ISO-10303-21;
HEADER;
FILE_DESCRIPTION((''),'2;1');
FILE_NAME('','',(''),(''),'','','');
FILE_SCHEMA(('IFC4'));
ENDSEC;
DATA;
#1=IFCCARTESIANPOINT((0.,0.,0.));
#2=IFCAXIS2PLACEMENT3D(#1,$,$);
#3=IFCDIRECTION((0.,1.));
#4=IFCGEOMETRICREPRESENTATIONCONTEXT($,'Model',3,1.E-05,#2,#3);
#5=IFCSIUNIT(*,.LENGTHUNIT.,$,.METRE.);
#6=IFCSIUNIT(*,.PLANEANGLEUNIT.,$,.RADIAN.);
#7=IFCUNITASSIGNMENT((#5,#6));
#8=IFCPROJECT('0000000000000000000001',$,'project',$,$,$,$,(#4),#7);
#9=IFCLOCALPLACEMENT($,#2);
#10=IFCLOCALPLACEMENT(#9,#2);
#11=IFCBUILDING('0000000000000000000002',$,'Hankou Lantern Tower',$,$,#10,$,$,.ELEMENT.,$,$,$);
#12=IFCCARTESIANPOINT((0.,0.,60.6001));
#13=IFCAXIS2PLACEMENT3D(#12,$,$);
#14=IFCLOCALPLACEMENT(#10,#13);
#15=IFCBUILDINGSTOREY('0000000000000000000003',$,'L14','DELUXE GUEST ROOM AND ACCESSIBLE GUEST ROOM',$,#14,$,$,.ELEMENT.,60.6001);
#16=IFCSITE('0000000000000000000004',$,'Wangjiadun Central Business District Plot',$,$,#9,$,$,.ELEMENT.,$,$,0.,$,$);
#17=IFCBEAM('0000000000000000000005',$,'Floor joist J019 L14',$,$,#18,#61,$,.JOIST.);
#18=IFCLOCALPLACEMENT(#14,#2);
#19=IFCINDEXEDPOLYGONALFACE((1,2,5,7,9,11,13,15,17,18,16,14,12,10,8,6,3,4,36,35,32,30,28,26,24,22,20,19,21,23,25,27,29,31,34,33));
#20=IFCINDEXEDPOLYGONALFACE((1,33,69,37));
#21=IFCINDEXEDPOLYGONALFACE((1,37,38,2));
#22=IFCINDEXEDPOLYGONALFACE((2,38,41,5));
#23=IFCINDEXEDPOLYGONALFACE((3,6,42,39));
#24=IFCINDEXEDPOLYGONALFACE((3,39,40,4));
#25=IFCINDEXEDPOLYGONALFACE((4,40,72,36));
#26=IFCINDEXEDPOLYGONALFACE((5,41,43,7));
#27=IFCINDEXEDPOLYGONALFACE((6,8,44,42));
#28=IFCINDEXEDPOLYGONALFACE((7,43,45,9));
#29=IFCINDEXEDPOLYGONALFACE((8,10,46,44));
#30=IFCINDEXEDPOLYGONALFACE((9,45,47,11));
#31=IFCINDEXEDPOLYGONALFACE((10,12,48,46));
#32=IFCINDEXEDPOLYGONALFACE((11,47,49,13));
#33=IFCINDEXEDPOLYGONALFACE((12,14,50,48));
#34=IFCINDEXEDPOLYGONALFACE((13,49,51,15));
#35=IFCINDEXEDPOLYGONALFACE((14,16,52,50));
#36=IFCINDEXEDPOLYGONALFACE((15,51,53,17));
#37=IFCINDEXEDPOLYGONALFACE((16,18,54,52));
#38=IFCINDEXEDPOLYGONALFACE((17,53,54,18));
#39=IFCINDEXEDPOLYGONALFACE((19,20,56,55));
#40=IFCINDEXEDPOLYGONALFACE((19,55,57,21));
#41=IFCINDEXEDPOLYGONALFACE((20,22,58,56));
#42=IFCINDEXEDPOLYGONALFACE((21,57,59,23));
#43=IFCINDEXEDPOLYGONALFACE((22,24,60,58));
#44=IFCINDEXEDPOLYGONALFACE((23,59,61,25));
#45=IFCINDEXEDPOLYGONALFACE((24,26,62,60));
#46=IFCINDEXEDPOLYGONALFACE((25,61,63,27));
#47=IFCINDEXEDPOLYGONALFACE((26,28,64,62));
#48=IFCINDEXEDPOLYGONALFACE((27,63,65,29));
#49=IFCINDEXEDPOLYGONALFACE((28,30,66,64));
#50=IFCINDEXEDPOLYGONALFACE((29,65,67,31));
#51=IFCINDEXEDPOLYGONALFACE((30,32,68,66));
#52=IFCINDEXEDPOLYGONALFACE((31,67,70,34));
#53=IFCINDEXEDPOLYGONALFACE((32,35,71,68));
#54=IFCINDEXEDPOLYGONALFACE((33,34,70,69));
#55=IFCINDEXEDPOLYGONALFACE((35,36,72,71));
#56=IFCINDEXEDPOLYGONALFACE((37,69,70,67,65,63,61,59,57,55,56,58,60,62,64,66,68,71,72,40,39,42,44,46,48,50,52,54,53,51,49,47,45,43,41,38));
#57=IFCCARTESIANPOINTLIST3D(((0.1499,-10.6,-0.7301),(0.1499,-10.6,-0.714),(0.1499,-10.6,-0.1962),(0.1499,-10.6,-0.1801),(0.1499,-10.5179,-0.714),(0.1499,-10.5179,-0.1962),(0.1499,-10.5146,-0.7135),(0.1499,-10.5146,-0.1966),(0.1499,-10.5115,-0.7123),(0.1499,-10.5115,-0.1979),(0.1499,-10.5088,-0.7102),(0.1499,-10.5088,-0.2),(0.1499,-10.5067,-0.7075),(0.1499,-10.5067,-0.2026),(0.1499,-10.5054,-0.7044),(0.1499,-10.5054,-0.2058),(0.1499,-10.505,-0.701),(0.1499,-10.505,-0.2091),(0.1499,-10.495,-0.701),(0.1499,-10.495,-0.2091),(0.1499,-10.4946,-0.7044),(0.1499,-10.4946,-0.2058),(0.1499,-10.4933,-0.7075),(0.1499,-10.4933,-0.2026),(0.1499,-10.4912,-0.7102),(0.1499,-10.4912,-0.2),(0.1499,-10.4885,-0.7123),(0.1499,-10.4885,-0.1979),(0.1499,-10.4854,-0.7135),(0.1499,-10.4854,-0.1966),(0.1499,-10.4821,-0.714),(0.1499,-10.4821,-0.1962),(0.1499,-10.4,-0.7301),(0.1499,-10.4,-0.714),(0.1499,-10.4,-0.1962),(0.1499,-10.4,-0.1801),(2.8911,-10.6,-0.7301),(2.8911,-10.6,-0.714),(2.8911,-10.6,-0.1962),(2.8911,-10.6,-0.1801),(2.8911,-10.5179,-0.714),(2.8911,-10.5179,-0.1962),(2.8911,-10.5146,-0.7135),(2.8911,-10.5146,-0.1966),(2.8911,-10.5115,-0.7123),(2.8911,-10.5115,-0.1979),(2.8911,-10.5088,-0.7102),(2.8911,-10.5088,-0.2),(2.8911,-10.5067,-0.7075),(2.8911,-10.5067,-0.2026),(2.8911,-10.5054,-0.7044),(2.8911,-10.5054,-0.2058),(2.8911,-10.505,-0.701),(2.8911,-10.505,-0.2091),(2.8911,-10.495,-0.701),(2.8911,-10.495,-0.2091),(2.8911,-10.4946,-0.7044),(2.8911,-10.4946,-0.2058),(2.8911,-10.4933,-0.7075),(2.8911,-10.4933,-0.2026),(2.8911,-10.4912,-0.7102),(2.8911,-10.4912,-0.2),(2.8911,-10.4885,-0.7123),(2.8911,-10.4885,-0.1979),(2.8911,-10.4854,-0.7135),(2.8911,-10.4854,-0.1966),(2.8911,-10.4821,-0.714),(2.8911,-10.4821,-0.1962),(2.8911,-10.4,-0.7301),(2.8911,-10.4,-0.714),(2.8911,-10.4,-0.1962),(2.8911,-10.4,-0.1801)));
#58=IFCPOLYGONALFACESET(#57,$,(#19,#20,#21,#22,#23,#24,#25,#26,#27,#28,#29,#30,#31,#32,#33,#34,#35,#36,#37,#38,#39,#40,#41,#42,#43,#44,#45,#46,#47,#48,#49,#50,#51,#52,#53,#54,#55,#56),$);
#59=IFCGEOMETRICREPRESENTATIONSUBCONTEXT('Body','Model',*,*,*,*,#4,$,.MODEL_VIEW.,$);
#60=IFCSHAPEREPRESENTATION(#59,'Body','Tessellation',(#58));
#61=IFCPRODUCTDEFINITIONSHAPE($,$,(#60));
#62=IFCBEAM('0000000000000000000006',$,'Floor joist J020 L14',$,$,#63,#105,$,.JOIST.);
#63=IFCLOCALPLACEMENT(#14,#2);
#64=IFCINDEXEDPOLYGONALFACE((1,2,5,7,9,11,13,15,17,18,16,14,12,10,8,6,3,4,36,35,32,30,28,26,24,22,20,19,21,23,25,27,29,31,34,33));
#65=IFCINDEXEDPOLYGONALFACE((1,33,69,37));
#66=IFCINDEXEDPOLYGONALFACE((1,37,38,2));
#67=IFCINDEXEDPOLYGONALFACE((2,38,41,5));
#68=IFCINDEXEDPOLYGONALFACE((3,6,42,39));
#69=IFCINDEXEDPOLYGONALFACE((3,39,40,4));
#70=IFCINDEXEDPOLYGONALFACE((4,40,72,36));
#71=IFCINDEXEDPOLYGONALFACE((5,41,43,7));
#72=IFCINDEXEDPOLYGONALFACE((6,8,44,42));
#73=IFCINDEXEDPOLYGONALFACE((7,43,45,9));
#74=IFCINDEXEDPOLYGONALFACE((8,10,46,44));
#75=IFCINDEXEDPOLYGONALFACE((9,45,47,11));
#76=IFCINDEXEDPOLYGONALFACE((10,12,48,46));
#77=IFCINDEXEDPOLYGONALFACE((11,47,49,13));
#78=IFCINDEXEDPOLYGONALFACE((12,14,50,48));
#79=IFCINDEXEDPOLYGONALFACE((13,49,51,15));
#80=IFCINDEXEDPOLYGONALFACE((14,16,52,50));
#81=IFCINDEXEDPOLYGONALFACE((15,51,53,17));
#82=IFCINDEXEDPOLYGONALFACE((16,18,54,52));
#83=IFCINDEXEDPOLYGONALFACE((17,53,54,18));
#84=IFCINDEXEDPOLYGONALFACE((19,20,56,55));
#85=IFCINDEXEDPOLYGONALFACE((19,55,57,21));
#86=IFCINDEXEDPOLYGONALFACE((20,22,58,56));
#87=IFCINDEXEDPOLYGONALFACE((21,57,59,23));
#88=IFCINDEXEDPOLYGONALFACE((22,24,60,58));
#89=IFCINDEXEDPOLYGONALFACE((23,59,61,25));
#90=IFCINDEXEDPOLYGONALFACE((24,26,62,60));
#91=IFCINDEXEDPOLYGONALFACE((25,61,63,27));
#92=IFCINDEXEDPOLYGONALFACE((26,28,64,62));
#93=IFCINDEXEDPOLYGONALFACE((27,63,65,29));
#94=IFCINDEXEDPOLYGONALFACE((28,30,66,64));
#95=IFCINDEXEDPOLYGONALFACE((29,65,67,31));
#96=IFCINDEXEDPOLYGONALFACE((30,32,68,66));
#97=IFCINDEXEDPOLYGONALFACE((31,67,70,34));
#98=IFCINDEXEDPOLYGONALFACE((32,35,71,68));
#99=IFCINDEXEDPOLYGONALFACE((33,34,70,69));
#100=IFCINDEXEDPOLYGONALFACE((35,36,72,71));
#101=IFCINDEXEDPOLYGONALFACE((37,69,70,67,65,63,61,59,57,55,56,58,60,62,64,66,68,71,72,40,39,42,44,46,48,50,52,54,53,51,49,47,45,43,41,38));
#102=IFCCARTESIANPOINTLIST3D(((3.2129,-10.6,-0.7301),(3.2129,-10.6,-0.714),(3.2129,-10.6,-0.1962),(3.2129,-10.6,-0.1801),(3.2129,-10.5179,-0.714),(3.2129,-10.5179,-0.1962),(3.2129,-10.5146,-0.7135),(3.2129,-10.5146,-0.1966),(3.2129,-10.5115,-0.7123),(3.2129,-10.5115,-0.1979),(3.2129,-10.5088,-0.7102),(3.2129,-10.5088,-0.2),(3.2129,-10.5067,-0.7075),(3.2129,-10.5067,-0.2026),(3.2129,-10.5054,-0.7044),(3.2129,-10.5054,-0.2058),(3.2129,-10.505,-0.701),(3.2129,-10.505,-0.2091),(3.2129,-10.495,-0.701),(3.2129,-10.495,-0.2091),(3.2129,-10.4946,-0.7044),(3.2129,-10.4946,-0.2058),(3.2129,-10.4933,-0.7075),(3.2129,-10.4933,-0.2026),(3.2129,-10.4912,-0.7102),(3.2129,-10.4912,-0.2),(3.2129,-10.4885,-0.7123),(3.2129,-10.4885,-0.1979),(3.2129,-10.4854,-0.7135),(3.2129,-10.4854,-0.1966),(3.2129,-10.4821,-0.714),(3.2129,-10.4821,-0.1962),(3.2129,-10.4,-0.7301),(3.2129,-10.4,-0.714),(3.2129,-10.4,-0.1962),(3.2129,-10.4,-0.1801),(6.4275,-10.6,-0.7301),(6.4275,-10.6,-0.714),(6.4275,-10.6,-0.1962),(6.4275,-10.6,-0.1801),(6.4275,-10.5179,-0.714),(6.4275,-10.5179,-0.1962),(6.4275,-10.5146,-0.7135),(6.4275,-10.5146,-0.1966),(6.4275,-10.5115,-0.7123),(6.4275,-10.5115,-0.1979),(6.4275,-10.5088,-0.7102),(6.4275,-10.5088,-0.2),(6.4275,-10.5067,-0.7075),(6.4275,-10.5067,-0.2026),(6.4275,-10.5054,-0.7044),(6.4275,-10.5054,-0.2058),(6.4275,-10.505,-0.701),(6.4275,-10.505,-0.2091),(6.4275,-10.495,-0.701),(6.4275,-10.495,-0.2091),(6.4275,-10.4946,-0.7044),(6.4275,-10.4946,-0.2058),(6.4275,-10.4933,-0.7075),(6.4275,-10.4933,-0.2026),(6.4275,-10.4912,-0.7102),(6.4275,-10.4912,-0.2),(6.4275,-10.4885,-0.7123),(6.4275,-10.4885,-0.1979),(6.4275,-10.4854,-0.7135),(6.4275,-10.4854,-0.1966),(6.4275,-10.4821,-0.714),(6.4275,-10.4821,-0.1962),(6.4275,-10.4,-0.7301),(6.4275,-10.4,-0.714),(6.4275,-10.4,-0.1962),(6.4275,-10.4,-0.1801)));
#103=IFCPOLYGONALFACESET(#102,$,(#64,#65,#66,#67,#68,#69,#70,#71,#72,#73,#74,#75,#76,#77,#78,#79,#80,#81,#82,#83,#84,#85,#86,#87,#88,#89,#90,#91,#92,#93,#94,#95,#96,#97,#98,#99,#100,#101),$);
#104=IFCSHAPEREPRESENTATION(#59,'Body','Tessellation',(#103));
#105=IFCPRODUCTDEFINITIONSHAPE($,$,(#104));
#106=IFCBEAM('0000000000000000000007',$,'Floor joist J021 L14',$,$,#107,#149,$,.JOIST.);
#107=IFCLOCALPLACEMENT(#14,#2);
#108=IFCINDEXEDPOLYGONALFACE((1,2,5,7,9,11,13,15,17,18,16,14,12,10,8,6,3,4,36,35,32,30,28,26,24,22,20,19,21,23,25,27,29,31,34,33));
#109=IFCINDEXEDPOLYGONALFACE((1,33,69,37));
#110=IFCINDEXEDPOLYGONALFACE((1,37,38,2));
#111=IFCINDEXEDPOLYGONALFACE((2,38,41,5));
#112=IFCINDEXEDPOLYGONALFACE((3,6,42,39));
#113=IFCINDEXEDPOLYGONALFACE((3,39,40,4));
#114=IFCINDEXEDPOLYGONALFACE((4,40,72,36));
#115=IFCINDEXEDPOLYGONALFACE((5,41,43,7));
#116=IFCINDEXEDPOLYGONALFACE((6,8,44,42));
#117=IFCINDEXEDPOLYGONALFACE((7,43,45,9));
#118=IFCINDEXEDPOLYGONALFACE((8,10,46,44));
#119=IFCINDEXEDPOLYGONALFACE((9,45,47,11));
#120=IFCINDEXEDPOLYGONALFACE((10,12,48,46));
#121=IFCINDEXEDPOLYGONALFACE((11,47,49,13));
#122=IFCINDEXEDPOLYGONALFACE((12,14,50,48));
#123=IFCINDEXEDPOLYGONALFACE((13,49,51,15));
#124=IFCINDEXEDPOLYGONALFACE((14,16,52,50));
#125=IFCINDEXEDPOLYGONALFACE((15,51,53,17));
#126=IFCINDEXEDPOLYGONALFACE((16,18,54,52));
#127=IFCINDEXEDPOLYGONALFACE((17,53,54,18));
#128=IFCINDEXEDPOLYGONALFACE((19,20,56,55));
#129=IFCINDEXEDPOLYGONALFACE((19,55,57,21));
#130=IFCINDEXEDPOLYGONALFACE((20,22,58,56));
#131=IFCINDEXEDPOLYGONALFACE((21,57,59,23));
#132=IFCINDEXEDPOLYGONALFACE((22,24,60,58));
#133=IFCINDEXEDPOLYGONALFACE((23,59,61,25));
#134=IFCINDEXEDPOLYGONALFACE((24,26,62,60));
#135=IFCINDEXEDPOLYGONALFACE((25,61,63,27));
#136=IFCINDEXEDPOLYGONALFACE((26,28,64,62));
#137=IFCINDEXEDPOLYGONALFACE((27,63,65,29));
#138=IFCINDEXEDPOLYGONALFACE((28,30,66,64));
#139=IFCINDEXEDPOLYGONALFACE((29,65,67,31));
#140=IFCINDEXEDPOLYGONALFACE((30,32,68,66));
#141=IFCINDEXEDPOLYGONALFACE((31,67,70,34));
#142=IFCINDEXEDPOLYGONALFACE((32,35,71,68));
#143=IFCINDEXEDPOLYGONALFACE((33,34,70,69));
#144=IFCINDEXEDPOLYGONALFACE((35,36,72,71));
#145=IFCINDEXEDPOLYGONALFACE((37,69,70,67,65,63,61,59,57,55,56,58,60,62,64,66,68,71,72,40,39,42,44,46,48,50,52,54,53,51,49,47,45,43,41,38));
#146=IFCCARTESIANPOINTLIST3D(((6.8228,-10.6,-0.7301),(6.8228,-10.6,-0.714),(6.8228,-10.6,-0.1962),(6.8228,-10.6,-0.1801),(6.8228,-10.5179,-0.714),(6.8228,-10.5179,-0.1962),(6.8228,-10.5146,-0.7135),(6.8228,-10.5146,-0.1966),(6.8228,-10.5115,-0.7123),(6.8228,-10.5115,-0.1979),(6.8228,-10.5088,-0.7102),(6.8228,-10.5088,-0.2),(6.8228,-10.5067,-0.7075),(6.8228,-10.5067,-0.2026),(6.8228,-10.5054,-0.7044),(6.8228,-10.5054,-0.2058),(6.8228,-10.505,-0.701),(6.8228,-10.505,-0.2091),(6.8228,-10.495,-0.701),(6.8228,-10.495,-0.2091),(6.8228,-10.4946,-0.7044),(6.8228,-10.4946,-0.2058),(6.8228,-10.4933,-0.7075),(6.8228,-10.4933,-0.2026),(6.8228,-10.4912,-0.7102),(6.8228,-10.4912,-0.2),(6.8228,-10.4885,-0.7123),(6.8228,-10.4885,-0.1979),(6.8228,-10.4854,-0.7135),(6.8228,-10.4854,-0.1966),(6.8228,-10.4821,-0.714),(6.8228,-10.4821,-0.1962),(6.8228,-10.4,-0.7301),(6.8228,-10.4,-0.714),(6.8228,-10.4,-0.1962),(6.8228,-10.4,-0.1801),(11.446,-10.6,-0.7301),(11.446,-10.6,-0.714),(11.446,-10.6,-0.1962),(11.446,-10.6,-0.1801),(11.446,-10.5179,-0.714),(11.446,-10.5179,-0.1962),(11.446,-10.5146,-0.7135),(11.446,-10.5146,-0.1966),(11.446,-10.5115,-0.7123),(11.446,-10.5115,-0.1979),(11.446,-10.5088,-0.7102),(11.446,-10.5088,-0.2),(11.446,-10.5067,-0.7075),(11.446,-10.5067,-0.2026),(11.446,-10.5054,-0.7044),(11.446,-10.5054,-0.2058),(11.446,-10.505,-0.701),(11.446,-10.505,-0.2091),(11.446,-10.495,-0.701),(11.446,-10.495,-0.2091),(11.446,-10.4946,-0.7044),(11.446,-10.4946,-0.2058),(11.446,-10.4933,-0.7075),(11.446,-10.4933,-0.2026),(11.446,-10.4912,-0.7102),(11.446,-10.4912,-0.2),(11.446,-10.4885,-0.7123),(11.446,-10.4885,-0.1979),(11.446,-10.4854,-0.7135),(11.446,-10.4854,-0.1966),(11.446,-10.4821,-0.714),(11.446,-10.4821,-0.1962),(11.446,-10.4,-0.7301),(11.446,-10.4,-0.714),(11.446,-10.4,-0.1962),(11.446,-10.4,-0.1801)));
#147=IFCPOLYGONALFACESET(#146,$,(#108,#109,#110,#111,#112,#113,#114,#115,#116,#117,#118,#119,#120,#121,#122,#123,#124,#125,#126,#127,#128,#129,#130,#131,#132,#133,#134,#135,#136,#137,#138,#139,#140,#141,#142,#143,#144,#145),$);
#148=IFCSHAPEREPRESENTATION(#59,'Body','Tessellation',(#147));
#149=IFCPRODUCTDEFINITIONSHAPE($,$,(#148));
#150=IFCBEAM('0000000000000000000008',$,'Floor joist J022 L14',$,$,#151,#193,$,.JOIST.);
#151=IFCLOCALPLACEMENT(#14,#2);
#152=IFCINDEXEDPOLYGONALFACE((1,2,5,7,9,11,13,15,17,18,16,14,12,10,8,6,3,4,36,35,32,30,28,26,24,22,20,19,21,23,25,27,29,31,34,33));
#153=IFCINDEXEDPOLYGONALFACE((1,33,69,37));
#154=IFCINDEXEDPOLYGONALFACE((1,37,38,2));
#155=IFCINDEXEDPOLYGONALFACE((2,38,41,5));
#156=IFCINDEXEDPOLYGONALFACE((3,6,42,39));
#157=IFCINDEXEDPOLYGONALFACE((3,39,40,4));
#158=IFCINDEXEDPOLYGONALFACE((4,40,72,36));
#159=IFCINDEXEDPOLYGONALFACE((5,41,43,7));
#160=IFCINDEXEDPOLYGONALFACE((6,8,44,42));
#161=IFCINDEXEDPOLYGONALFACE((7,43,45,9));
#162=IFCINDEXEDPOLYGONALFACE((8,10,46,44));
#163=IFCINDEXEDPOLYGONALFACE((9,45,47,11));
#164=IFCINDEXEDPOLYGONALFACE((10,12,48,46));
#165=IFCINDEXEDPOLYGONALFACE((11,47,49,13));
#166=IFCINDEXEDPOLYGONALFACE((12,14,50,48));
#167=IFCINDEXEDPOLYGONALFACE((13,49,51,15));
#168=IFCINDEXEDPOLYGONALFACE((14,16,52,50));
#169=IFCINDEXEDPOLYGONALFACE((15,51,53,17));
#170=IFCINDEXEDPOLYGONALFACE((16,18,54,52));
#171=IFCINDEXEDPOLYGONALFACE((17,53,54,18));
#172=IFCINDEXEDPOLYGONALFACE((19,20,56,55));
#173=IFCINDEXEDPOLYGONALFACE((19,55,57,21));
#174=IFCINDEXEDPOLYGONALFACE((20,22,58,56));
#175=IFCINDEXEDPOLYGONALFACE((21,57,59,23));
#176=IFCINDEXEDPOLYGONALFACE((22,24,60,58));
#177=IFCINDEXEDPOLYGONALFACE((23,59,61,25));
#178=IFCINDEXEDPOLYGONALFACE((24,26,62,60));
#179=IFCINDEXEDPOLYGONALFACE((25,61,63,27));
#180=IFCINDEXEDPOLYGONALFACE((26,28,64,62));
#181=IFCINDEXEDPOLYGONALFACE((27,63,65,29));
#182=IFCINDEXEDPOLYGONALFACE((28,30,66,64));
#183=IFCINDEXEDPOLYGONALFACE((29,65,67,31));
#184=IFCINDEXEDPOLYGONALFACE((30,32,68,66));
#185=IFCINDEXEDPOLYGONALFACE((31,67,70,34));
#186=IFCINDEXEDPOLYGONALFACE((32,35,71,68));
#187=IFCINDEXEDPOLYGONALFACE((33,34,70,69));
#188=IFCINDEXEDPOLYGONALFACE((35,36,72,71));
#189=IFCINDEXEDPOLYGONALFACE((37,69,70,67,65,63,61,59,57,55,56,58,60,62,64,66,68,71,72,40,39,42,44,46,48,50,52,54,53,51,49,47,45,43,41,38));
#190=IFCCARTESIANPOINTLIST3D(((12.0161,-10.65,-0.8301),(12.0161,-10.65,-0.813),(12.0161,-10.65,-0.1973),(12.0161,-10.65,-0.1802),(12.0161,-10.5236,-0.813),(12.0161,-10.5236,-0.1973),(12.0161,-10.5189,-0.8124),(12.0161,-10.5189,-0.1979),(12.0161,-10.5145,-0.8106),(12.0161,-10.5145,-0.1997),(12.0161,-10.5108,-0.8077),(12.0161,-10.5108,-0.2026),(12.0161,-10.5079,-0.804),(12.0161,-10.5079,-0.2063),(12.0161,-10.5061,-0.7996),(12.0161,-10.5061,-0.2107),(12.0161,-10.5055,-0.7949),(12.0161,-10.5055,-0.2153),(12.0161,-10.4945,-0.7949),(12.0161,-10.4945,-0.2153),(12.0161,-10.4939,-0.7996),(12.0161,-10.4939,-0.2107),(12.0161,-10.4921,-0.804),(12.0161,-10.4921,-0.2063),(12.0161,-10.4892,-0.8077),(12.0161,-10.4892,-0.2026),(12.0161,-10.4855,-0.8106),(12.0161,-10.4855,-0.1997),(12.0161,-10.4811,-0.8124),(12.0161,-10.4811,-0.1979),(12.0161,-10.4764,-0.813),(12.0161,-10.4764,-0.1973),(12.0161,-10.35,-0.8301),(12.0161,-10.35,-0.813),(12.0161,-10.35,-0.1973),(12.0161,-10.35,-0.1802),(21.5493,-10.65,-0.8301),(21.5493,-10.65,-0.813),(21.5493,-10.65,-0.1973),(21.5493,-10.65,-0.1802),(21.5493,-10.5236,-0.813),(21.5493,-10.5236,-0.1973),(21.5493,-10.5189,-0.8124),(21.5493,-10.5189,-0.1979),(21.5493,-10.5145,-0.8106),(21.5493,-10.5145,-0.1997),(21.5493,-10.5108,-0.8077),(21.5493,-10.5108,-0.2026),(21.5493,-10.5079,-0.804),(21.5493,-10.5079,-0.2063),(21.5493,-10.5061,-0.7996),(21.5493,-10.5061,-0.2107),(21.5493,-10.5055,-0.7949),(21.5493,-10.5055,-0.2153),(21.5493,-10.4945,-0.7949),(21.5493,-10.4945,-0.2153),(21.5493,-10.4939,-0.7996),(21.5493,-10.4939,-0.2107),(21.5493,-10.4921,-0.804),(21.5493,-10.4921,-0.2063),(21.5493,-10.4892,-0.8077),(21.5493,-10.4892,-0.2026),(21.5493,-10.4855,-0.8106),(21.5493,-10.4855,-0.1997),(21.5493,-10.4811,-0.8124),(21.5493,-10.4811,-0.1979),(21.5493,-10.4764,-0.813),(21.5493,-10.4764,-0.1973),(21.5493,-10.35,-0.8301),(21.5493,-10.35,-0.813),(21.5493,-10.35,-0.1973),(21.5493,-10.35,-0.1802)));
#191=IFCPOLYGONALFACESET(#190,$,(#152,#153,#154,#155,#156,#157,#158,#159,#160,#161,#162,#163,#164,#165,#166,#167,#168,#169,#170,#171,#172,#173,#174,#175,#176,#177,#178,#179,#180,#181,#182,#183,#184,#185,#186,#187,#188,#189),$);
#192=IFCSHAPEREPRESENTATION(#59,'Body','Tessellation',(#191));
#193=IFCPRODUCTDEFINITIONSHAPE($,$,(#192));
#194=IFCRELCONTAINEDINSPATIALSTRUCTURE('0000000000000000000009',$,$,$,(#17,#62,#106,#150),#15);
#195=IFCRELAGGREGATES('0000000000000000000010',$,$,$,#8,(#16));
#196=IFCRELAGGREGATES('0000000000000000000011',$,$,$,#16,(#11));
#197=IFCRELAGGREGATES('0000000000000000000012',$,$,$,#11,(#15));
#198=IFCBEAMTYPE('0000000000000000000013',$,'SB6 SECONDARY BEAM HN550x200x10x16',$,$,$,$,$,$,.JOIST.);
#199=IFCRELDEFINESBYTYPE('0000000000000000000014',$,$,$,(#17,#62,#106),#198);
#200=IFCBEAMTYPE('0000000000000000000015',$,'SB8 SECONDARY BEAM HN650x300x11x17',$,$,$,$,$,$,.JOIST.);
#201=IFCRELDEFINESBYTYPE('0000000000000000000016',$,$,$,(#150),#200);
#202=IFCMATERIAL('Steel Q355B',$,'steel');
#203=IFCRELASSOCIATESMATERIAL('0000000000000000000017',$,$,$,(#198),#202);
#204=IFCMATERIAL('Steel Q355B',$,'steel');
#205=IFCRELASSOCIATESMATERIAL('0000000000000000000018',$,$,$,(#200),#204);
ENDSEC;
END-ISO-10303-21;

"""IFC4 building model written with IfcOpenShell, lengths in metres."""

from ifc_helpers import new_model, si_unit, direction, frame, origin, origin_2d, place, context, subcontext, project, spatial, i_section, extrude, material, material_profile, profile_set, type_object, element, save


model = new_model("IFC4")

# Units and contexts
model_context = context("Model", 3, precision=1e-05, world=origin(), true_north=direction((0.0, 1.0)))
body_context = subcontext(model_context, "Body", "Model", "MODEL_VIEW")
ifc_project = project(units=[si_unit("LENGTHUNIT", "METRE"), si_unit("PLANEANGLEUNIT", "RADIAN")], contexts=[model_context])

# Site, building, storey
site_placement = place(None, origin())
site = spatial("IfcSite", under=ifc_project, at=site_placement, Name="Wangjiadun Central Business District Plot", CompositionType="ELEMENT", RefElevation=0.0)
building_placement = place(site_placement, origin())
building = spatial("IfcBuilding", under=site, at=building_placement, Name="Hankou Lantern Tower", CompositionType="ELEMENT")
storey_placement = place(building_placement, frame((0.0, 0.0, 60.6001)))
storey = spatial("IfcBuildingStorey", under=building, at=storey_placement, Name="L14", Description="DELUXE GUEST ROOM AND ACCESSIBLE GUEST ROOM", CompositionType="ELEMENT", Elevation=60.6001)

# Beams
ifc_material_1 = material(Name="Steel Q355B", Category="steel")
ifc_material_profile_1 = material_profile(ifc_material_1, i_section(OverallWidth=0.2, OverallDepth=0.55, WebThickness=0.01, FlangeThickness=0.0161, FilletRadius=0.0129, at=origin_2d()), Name="HN550x200x10x16")
ifc_profile_set_1 = profile_set([ifc_material_profile_1], Name="Steel Q355B")
beam_type_1 = type_object("IfcBeamType", Name="SB6 SECONDARY BEAM HN550x200x10x16", PredefinedType="JOIST", material=ifc_profile_set_1)
beam_1_placement = place(storey_placement, frame((0.1499, -10.5, -0.4551), z_axis=(1.0, 0.0, 0.0), x_axis=(0.0, 1.0, 0.0)))
element("IfcBeam", 1, at=beam_1_placement, inside=storey, type_object=beam_type_1, Name="Floor joist J019 L14", PredefinedType="JOIST", context=body_context, shape_type="SweptSolid", body=[
    extrude(i_section(OverallWidth=0.2, OverallDepth=0.55, WebThickness=0.01, FlangeThickness=0.0161, FilletRadius=0.0129, at=origin_2d()), origin(), (0.0, 0.0, 1.0), 2.7412),
])
beam_2_placement = place(storey_placement, frame((3.2129, -10.5, -0.4551), z_axis=(1.0, 0.0, 0.0), x_axis=(0.0, 1.0, 0.0)))
element("IfcBeam", 2, at=beam_2_placement, inside=storey, type_object=beam_type_1, Name="Floor joist J020 L14", PredefinedType="JOIST", context=body_context, shape_type="SweptSolid", body=[
    extrude(i_section(OverallWidth=0.2, OverallDepth=0.55, WebThickness=0.01, FlangeThickness=0.0161, FilletRadius=0.0129, at=origin_2d()), origin(), (0.0, 0.0, 1.0), 3.2146),
])
beam_3_placement = place(storey_placement, frame((6.8228, -10.5, -0.4551), z_axis=(1.0, 0.0, 0.0), x_axis=(0.0, 1.0, 0.0)))
element("IfcBeam", 3, at=beam_3_placement, inside=storey, type_object=beam_type_1, Name="Floor joist J021 L14", PredefinedType="JOIST", context=body_context, shape_type="SweptSolid", body=[
    extrude(i_section(OverallWidth=0.2, OverallDepth=0.55, WebThickness=0.01, FlangeThickness=0.0161, FilletRadius=0.0129, at=origin_2d()), origin(), (0.0, 0.0, 1.0), 4.6233),
])
ifc_material_2 = material(Name="Steel Q355B", Category="steel")
ifc_material_profile_2 = material_profile(ifc_material_2, i_section(OverallWidth=0.3, OverallDepth=0.6499, WebThickness=0.011, FlangeThickness=0.0171, FilletRadius=0.0181, at=origin_2d()), Name="HN650x300x11x17")
ifc_profile_set_2 = profile_set([ifc_material_profile_2], Name="Steel Q355B")
beam_type_2 = type_object("IfcBeamType", Name="SB8 SECONDARY BEAM HN650x300x11x17", PredefinedType="JOIST", material=ifc_profile_set_2)
beam_4_placement = place(storey_placement, frame((12.0161, -10.5, -0.5051), z_axis=(1.0, 0.0, 0.0), x_axis=(0.0, 1.0, 0.0)))
element("IfcBeam", 4, at=beam_4_placement, inside=storey, type_object=beam_type_2, Name="Floor joist J022 L14", PredefinedType="JOIST", context=body_context, shape_type="SweptSolid", body=[
    extrude(i_section(OverallWidth=0.3, OverallDepth=0.6499, WebThickness=0.011, FlangeThickness=0.0171, FilletRadius=0.0181, at=origin_2d()), origin(), (0.0, 0.0, 1.0), 9.5332),
])

save(model, "model.ifc")
